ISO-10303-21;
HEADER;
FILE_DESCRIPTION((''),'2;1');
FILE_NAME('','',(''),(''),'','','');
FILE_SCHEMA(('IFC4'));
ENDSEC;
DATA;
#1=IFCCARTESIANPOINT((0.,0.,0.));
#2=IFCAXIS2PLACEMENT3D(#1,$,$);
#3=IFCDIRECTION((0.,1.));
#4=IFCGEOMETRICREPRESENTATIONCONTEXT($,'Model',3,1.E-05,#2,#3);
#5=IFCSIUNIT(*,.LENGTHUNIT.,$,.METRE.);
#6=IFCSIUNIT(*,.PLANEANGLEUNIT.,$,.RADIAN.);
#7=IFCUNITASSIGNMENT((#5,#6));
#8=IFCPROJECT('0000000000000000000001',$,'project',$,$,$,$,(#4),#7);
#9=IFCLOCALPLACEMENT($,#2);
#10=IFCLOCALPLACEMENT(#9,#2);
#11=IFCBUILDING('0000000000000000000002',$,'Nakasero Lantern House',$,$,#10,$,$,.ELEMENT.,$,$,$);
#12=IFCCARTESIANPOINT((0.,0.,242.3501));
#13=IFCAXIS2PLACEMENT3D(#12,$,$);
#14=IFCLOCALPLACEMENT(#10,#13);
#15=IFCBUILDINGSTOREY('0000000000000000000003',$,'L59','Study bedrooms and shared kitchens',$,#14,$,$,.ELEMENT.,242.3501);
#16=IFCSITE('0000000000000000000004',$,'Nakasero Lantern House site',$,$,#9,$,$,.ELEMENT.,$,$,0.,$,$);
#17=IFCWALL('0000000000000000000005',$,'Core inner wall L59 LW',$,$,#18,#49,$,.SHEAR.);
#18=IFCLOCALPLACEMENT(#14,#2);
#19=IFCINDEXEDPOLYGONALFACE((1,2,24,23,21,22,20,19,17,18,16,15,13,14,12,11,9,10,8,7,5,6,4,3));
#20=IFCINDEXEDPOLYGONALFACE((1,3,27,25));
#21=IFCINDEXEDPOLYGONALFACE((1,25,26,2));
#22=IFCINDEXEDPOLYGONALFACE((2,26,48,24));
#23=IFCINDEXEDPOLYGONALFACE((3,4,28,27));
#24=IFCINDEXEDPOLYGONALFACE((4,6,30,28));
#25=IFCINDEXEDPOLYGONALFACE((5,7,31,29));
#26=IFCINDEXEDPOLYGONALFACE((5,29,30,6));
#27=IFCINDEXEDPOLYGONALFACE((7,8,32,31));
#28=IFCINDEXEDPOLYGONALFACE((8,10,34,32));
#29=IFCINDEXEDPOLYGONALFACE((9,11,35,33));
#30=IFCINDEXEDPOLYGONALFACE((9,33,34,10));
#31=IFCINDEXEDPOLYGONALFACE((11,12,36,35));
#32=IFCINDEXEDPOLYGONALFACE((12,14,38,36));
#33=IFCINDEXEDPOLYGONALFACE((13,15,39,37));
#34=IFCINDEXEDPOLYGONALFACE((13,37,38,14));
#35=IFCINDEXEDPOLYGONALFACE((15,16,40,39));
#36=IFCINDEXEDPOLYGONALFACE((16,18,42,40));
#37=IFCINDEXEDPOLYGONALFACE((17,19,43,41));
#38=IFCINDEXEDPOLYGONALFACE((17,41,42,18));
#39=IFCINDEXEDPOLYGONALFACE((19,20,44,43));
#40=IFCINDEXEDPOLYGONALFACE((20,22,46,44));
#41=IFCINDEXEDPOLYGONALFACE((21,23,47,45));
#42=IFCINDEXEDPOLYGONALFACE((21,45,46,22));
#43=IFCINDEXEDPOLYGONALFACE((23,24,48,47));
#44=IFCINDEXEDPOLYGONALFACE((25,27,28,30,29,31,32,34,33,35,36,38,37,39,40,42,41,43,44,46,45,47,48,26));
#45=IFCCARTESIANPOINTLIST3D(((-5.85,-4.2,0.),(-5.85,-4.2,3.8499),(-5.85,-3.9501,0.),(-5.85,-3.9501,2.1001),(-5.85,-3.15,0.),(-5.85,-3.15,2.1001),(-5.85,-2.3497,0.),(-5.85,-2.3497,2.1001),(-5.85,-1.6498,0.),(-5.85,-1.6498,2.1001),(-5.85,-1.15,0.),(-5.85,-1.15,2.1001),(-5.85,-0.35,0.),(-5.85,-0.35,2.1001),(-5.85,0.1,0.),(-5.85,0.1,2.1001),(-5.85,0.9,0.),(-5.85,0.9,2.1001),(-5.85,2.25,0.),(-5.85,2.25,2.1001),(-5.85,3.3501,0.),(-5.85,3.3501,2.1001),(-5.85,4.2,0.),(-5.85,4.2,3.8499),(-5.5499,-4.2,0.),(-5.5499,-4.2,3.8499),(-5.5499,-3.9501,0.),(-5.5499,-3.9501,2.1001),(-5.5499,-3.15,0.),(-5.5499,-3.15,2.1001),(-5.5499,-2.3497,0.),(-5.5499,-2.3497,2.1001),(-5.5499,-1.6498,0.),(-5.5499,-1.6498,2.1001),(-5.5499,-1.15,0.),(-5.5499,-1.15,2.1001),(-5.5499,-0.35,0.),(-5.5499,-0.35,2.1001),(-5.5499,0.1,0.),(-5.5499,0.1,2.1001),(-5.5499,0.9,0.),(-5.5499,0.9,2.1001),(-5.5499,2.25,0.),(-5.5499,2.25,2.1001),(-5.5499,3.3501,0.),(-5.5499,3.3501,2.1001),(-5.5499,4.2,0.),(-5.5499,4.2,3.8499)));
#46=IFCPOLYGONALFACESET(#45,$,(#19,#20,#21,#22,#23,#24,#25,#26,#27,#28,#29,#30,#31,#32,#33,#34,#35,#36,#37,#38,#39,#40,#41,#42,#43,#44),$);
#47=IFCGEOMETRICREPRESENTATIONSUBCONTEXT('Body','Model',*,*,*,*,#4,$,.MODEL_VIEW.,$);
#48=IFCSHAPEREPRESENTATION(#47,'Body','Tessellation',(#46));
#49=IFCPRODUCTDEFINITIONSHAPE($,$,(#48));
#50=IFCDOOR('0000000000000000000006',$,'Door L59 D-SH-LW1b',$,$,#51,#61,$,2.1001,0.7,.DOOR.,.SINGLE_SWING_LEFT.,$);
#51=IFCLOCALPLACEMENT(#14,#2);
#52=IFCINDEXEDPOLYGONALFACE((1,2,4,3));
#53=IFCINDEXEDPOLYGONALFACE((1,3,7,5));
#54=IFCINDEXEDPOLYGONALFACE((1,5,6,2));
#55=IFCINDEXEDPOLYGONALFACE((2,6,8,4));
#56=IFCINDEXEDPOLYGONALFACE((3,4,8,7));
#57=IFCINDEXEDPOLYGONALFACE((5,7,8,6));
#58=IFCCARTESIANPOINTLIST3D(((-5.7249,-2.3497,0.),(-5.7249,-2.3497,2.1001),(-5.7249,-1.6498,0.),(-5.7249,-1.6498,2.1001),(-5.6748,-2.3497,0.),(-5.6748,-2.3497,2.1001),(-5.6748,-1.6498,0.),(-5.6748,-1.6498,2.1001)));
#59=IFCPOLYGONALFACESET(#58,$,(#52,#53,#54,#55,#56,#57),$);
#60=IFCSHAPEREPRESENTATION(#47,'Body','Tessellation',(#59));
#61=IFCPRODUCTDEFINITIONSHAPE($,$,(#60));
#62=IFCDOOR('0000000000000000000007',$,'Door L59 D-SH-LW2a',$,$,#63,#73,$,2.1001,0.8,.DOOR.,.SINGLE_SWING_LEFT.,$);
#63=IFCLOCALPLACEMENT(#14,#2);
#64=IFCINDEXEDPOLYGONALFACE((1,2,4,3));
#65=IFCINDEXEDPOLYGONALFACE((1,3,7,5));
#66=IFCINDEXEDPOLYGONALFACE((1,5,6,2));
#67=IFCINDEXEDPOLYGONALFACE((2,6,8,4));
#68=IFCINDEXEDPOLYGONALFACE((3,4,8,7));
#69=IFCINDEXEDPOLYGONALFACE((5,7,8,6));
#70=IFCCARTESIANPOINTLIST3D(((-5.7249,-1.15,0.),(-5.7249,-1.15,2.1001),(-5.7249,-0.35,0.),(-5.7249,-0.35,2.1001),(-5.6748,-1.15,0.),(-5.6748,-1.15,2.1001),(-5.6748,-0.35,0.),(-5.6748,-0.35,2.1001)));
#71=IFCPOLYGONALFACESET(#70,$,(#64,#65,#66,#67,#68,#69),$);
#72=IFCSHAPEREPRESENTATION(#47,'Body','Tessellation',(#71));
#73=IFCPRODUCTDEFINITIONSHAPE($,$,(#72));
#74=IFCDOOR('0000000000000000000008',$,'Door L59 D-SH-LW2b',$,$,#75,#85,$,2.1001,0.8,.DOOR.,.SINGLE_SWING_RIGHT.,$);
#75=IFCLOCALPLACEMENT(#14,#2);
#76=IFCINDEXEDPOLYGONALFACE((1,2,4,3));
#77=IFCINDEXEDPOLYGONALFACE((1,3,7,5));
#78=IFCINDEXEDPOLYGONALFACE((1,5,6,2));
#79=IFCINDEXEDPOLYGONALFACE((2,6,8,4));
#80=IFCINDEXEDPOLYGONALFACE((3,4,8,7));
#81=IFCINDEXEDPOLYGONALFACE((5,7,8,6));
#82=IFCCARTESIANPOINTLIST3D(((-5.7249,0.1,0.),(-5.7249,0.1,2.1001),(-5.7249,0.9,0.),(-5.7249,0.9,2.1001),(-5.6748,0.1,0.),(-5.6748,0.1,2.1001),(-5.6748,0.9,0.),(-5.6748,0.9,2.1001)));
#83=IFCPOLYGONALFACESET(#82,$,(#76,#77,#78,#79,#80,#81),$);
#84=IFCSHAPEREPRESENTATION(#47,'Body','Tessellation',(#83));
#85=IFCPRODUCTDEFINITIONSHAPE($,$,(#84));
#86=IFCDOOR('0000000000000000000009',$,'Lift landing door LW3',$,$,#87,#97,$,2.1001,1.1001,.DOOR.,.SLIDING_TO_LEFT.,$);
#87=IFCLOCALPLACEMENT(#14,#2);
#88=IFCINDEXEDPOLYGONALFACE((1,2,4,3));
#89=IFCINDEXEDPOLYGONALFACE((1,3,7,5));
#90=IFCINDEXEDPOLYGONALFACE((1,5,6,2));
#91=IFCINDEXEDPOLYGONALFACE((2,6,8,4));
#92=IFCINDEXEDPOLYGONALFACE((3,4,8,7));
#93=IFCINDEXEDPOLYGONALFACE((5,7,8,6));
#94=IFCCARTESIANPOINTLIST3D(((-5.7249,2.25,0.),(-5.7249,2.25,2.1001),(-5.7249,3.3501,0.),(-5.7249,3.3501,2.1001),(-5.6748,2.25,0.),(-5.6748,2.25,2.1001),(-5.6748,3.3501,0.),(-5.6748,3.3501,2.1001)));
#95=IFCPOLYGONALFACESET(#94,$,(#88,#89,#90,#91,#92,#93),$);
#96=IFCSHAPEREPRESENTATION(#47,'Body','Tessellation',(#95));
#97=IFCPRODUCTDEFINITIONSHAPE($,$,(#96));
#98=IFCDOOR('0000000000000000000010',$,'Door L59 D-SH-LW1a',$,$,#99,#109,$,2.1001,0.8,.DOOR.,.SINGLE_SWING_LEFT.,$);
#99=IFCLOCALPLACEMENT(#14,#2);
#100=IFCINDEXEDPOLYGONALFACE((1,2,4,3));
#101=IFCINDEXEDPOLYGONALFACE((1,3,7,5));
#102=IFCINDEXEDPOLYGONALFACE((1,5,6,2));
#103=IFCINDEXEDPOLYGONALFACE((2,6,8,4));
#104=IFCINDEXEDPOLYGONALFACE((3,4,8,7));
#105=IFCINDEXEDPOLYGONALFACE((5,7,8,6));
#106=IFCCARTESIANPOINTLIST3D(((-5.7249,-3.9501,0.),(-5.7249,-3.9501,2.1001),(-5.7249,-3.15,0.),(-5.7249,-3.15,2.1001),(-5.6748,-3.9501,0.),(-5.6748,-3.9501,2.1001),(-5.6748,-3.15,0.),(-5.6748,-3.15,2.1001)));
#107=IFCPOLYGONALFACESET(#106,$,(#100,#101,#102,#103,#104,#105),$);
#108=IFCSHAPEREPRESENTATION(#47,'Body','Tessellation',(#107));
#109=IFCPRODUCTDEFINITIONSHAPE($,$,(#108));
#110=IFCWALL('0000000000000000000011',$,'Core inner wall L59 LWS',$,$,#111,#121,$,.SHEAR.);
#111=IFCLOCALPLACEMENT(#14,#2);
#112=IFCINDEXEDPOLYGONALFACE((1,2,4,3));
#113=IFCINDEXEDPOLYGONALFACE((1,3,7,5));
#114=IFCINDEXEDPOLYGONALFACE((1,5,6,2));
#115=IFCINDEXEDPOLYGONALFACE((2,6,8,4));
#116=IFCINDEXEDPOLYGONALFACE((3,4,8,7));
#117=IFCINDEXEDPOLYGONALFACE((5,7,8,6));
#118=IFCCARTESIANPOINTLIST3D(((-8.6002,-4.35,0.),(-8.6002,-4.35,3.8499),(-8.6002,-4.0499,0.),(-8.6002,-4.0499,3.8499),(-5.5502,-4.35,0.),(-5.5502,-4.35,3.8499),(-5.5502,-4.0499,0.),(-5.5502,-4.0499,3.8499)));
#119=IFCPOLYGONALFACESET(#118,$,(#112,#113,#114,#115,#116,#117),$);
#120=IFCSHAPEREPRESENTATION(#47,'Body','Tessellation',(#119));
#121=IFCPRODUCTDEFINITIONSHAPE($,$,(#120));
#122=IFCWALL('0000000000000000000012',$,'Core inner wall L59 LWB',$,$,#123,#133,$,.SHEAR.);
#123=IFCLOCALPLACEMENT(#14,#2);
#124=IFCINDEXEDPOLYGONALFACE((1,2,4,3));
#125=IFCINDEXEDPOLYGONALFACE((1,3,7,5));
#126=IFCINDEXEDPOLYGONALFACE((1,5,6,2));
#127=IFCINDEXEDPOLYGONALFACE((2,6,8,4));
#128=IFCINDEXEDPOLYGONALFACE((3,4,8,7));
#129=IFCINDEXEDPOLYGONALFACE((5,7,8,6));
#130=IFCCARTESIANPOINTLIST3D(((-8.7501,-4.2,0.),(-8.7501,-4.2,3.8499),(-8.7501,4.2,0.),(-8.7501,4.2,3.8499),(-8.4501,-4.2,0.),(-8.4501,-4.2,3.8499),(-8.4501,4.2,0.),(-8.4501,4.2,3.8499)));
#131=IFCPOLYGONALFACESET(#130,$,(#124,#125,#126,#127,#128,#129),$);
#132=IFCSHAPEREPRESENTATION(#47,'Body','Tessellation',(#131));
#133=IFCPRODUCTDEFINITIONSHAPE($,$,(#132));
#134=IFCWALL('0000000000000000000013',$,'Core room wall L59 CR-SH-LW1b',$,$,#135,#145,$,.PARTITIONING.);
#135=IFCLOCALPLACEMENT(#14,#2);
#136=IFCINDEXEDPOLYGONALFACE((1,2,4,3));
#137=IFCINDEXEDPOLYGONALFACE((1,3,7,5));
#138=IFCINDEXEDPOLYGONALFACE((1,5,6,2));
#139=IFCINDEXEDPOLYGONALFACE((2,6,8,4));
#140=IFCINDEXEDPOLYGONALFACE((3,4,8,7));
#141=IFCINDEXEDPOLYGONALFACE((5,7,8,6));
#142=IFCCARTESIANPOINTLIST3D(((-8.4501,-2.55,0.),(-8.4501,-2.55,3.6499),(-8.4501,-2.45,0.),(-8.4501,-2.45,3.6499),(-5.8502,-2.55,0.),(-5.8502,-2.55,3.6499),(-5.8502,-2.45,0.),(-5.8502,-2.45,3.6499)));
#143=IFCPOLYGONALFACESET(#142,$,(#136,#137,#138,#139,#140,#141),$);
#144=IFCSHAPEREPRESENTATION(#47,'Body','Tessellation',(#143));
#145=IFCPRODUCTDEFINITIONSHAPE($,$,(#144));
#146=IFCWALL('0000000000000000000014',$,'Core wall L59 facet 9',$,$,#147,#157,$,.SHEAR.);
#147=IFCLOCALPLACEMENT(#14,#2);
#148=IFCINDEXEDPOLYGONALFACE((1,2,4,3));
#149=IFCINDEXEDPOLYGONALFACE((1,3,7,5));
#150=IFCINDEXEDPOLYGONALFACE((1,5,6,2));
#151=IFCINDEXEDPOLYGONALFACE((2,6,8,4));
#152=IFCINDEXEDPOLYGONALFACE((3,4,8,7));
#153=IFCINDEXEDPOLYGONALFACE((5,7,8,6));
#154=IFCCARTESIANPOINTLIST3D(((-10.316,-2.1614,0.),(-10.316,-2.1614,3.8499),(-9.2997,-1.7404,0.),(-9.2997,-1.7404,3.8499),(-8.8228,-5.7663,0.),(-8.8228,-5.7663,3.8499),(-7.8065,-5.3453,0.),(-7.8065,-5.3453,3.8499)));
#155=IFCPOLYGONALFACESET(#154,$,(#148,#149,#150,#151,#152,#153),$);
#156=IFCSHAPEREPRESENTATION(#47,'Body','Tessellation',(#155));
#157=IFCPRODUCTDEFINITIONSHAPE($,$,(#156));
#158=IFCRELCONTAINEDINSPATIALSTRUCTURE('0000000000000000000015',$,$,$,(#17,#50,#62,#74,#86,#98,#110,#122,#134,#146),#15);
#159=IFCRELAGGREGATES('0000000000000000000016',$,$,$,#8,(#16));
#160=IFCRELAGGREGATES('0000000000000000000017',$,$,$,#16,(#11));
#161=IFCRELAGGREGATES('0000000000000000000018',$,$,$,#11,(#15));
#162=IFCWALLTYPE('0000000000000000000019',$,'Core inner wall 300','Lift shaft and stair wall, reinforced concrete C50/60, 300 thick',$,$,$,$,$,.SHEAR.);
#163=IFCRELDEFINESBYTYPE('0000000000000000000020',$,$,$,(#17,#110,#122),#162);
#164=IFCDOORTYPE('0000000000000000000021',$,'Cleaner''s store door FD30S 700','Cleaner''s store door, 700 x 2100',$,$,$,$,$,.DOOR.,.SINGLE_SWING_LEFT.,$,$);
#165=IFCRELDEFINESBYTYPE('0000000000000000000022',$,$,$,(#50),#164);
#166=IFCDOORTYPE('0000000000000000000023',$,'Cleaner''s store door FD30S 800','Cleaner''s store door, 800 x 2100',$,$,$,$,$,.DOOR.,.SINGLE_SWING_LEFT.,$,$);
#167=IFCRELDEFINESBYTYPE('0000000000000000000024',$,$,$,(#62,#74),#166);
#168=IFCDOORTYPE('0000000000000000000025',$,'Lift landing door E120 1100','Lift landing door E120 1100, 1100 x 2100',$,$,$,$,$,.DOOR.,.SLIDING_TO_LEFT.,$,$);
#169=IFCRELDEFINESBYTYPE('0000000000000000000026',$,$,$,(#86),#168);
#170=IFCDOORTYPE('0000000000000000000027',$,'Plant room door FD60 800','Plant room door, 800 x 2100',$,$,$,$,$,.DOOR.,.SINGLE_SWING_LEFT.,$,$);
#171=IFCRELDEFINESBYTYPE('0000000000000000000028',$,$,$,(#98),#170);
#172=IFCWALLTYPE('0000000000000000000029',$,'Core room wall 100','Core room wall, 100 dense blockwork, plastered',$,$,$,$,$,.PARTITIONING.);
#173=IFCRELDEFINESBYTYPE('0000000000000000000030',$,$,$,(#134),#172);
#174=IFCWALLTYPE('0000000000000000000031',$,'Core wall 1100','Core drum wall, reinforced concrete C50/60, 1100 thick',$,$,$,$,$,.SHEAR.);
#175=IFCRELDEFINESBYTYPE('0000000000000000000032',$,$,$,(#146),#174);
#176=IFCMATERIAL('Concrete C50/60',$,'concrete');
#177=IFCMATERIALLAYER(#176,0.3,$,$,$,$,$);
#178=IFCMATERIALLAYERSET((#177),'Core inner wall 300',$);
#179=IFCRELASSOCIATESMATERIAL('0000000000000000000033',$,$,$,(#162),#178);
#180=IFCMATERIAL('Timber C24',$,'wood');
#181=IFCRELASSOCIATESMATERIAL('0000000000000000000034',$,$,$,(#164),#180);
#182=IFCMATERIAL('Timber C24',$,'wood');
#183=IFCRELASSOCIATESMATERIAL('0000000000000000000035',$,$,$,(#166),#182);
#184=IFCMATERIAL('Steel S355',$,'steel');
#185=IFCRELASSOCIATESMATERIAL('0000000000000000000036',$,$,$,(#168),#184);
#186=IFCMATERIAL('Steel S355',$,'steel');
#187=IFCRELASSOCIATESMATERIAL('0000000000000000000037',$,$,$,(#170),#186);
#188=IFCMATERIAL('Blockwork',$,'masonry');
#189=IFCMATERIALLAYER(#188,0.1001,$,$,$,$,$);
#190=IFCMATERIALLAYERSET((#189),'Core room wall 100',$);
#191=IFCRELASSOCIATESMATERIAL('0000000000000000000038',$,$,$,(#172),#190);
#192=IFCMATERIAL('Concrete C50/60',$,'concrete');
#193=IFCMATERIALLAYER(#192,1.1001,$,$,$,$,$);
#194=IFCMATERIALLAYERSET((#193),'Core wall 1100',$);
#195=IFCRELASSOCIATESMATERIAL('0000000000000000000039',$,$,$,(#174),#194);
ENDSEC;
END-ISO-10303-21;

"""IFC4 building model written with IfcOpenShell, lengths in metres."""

from ifc_helpers import new_model, si_unit, direction, frame, frame_2d, origin, place, context, subcontext, project, spatial, rectangle, extrude, material, layer, layer_set, type_object, element, fill, save


model = new_model("IFC4")

# Units and contexts
model_context = context("Model", 3, precision=1e-05, world=origin(), true_north=direction((0.0, 1.0)))
body_context = subcontext(model_context, "Body", "Model", "MODEL_VIEW")
ifc_project = project(units=[si_unit("LENGTHUNIT", "METRE"), si_unit("PLANEANGLEUNIT", "RADIAN")], contexts=[model_context])

# Site, building, storey
site_placement = place(None, origin())
site = spatial("IfcSite", under=ifc_project, at=site_placement, Name="Nakasero Lantern House site", CompositionType="ELEMENT", RefElevation=0.0)
building_placement = place(site_placement, origin())
building = spatial("IfcBuilding", under=site, at=building_placement, Name="Nakasero Lantern House", CompositionType="ELEMENT")
storey_placement = place(building_placement, frame((0.0, 0.0, 242.3501)))
storey = spatial("IfcBuildingStorey", under=building, at=storey_placement, Name="L59", Description="Study bedrooms and shared kitchens", CompositionType="ELEMENT", Elevation=242.3501)

# Wall, openings, doors
ifc_material_1 = material(Name="Concrete C50/60", Category="concrete")
ifc_layer_1 = layer(ifc_material_1, 0.3)
ifc_layer_set_1 = layer_set([ifc_layer_1], Name="Core inner wall 300")
wall_type_1 = type_object("IfcWallType", Name="Core inner wall 300", Description="Lift shaft and stair wall, reinforced concrete C50/60, 300 thick", PredefinedType="SHEAR", material=ifc_layer_set_1)
wall_1_placement = place(storey_placement, frame((-5.7, -4.2, 0.0), z_axis=(0.0, 0.0, 1.0), x_axis=(0.0, 1.0, 0.0)))
wall_1 = element("IfcWall", 1, at=wall_1_placement, inside=storey, type_object=wall_type_1, Name="Core inner wall L59 LW", PredefinedType="SHEAR", context=body_context, shape_type="SweptSolid", body=[
    extrude(rectangle(XDim=8.3999, YDim=0.3, at=frame_2d((4.2, 0.0))), origin(), (0.0, 0.0, 1.0), 3.8499),
])
opening_1_placement = place(wall_1_placement, frame((0.25, 0.0, 0.0)))
opening_1 = element("IfcOpeningElement", 2, at=opening_1_placement, cuts=wall_1, PredefinedType="OPENING", context=body_context, shape_type="SweptSolid", body=[
    extrude(rectangle(XDim=0.8, YDim=2.1001, at=frame_2d((0.3999, 1.05))), frame((0.0, 0.1699, 0.0), z_axis=(0.0, -1.0, 0.0), x_axis=(1.0, 0.0, 0.0)), (0.0, 0.0, 1.0), 0.3401),
])
opening_2_placement = place(wall_1_placement, frame((1.8501, 0.0, 0.0)))
opening_2 = element("IfcOpeningElement", 3, at=opening_2_placement, cuts=wall_1, PredefinedType="OPENING", context=body_context, shape_type="SweptSolid", body=[
    extrude(rectangle(XDim=0.7, YDim=2.1001, at=frame_2d((0.3501, 1.05))), frame((0.0, 0.1699, 0.0), z_axis=(0.0, -1.0, 0.0), x_axis=(1.0, 0.0, 0.0)), (0.0, 0.0, 1.0), 0.3401),
])
opening_3_placement = place(wall_1_placement, frame((3.05, 0.0, 0.0)))
opening_3 = element("IfcOpeningElement", 4, at=opening_3_placement, cuts=wall_1, PredefinedType="OPENING", context=body_context, shape_type="SweptSolid", body=[
    extrude(rectangle(XDim=0.8, YDim=2.1001, at=frame_2d((0.3999, 1.05))), frame((0.0, 0.1699, 0.0), z_axis=(0.0, -1.0, 0.0), x_axis=(1.0, 0.0, 0.0)), (0.0, 0.0, 1.0), 0.3401),
])
opening_4_placement = place(wall_1_placement, frame((4.3, 0.0, 0.0)))
opening_4 = element("IfcOpeningElement", 5, at=opening_4_placement, cuts=wall_1, PredefinedType="OPENING", context=body_context, shape_type="SweptSolid", body=[
    extrude(rectangle(XDim=0.8, YDim=2.1001, at=frame_2d((0.3999, 1.05))), frame((0.0, 0.1699, 0.0), z_axis=(0.0, -1.0, 0.0), x_axis=(1.0, 0.0, 0.0)), (0.0, 0.0, 1.0), 0.3401),
])
opening_5_placement = place(wall_1_placement, frame((6.45, 0.0, 0.0)))
opening_5 = element("IfcOpeningElement", 6, at=opening_5_placement, cuts=wall_1, PredefinedType="OPENING", context=body_context, shape_type="SweptSolid", body=[
    extrude(rectangle(XDim=1.1001, YDim=2.1001, at=frame_2d((0.55, 1.05))), frame((0.0, 0.1699, 0.0), z_axis=(0.0, -1.0, 0.0), x_axis=(1.0, 0.0, 0.0)), (0.0, 0.0, 1.0), 0.3401),
])
ifc_material_2 = material(Name="Timber C24", Category="wood")
door_type_1 = type_object("IfcDoorType", Name="Cleaner's store door FD30S 700", Description="Cleaner's store door, 700 x 2100", OperationType="SINGLE_SWING_LEFT", PredefinedType="DOOR", material=ifc_material_2)
door_1_placement = place(opening_2_placement, origin())
door_1 = element("IfcDoor", 7, at=door_1_placement, inside=storey, type_object=door_type_1, Name="Door L59 D-SH-LW1b", OperationType="SINGLE_SWING_LEFT", OverallHeight=2.1001, OverallWidth=0.7, PredefinedType="DOOR", context=body_context, shape_type="SweptSolid", body=[
    extrude(rectangle(XDim=0.7, YDim=2.1001, at=frame_2d((0.3501, 1.05))), frame((0.0, 0.0249, 0.0), z_axis=(0.0, -1.0, 0.0), x_axis=(1.0, 0.0, 0.0)), (0.0, 0.0, 1.0), 0.05),
])
fill(opening_2, door_1)
ifc_material_3 = material(Name="Timber C24", Category="wood")
door_type_2 = type_object("IfcDoorType", Name="Cleaner's store door FD30S 800", Description="Cleaner's store door, 800 x 2100", OperationType="SINGLE_SWING_LEFT", PredefinedType="DOOR", material=ifc_material_3)
door_2_placement = place(opening_3_placement, origin())
door_2 = element("IfcDoor", 8, at=door_2_placement, inside=storey, type_object=door_type_2, Name="Door L59 D-SH-LW2a", OperationType="SINGLE_SWING_LEFT", OverallHeight=2.1001, OverallWidth=0.8, PredefinedType="DOOR", context=body_context, shape_type="SweptSolid", body=[
    extrude(rectangle(XDim=0.8, YDim=2.1001, at=frame_2d((0.3999, 1.05))), frame((0.0, 0.0249, 0.0), z_axis=(0.0, -1.0, 0.0), x_axis=(1.0, 0.0, 0.0)), (0.0, 0.0, 1.0), 0.05),
])
fill(opening_3, door_2)
door_3_placement = place(opening_4_placement, origin())
door_3 = element("IfcDoor", 9, at=door_3_placement, inside=storey, type_object=door_type_2, Name="Door L59 D-SH-LW2b", OperationType="SINGLE_SWING_RIGHT", OverallHeight=2.1001, OverallWidth=0.8, PredefinedType="DOOR", context=body_context, shape_type="SweptSolid", body=[
    extrude(rectangle(XDim=0.8, YDim=2.1001, at=frame_2d((0.3999, 1.05))), frame((0.0, 0.0249, 0.0), z_axis=(0.0, -1.0, 0.0), x_axis=(1.0, 0.0, 0.0)), (0.0, 0.0, 1.0), 0.05),
])
fill(opening_4, door_3)
ifc_material_4 = material(Name="Steel S355", Category="steel")
door_type_3 = type_object("IfcDoorType", Name="Lift landing door E120 1100", Description="Lift landing door E120 1100, 1100 x 2100", OperationType="SLIDING_TO_LEFT", PredefinedType="DOOR", material=ifc_material_4)
door_4_placement = place(opening_5_placement, origin())
door_4 = element("IfcDoor", 10, at=door_4_placement, inside=storey, type_object=door_type_3, Name="Lift landing door LW3", OperationType="SLIDING_TO_LEFT", OverallHeight=2.1001, OverallWidth=1.1001, PredefinedType="DOOR", context=body_context, shape_type="SweptSolid", body=[
    extrude(rectangle(XDim=1.1001, YDim=2.1001, at=frame_2d((0.55, 1.05))), frame((0.0, 0.0249, 0.0), z_axis=(0.0, -1.0, 0.0), x_axis=(1.0, 0.0, 0.0)), (0.0, 0.0, 1.0), 0.05),
])
fill(opening_5, door_4)
ifc_material_5 = material(Name="Steel S355", Category="steel")
door_type_4 = type_object("IfcDoorType", Name="Plant room door FD60 800", Description="Plant room door, 800 x 2100", OperationType="SINGLE_SWING_LEFT", PredefinedType="DOOR", material=ifc_material_5)
door_5_placement = place(opening_1_placement, origin())
door_5 = element("IfcDoor", 11, at=door_5_placement, inside=storey, type_object=door_type_4, Name="Door L59 D-SH-LW1a", OperationType="SINGLE_SWING_LEFT", OverallHeight=2.1001, OverallWidth=0.8, PredefinedType="DOOR", context=body_context, shape_type="SweptSolid", body=[
    extrude(rectangle(XDim=0.8, YDim=2.1001, at=frame_2d((0.3999, 1.05))), frame((0.0, 0.0249, 0.0), z_axis=(0.0, -1.0, 0.0), x_axis=(1.0, 0.0, 0.0)), (0.0, 0.0, 1.0), 0.05),
])
fill(opening_1, door_5)

# Walls
wall_2_placement = place(storey_placement, frame((-8.6001, -4.2, 0.0), z_axis=(0.0, 0.0, 1.0), x_axis=(1.0, 0.0, 0.0)))
element("IfcWall", 12, at=wall_2_placement, inside=storey, type_object=wall_type_1, Name="Core inner wall L59 LWS", PredefinedType="SHEAR", context=body_context, shape_type="SweptSolid", body=[
    extrude(rectangle(XDim=3.05, YDim=0.3, at=frame_2d((1.5249, 0.0))), origin(), (0.0, 0.0, 1.0), 3.8499),
])
wall_3_placement = place(storey_placement, frame((-8.6001, -4.2, 0.0), z_axis=(0.0, 0.0, 1.0), x_axis=(0.0, 1.0, 0.0)))
element("IfcWall", 13, at=wall_3_placement, inside=storey, type_object=wall_type_1, Name="Core inner wall L59 LWB", PredefinedType="SHEAR", context=body_context, shape_type="SweptSolid", body=[
    extrude(rectangle(XDim=8.3999, YDim=0.3, at=frame_2d((4.2, 0.0))), origin(), (0.0, 0.0, 1.0), 3.8499),
])
ifc_material_6 = material(Name="Blockwork", Category="masonry")
ifc_layer_2 = layer(ifc_material_6, 0.1001)
ifc_layer_set_2 = layer_set([ifc_layer_2], Name="Core room wall 100")
wall_type_2 = type_object("IfcWallType", Name="Core room wall 100", Description="Core room wall, 100 dense blockwork, plastered", PredefinedType="PARTITIONING", material=ifc_layer_set_2)
wall_4_placement = place(storey_placement, frame((-8.45, -2.5, 0.0), z_axis=(0.0, 0.0, 1.0), x_axis=(1.0, 0.0, 0.0)))
element("IfcWall", 14, at=wall_4_placement, inside=storey, type_object=wall_type_2, Name="Core room wall L59 CR-SH-LW1b", PredefinedType="PARTITIONING", context=body_context, shape_type="SweptSolid", body=[
    extrude(rectangle(XDim=2.5999, YDim=0.1001, at=frame_2d((1.2998, 0.0))), origin(), (0.0, 0.0, 1.0), 3.6499),
])
ifc_material_7 = material(Name="Concrete C50/60", Category="concrete")
ifc_layer_3 = layer(ifc_material_7, 1.1001)
ifc_layer_set_3 = layer_set([ifc_layer_3], Name="Core wall 1100")
wall_type_3 = type_object("IfcWallType", Name="Core wall 1100", Description="Core drum wall, reinforced concrete C50/60, 1100 thick", PredefinedType="SHEAR", material=ifc_layer_set_3)
wall_5_placement = place(storey_placement, frame((-9.8079, -1.9509, 0.0), z_axis=(0.0, 0.0, 1.0), x_axis=(0.382691, -0.923877, 0.0)))
element("IfcWall", 15, at=wall_5_placement, inside=storey, type_object=wall_type_3, Name="Core wall L59 facet 9", PredefinedType="SHEAR", context=body_context, shape_type="SweptSolid", body=[
    extrude(rectangle(XDim=3.9019, YDim=1.1001, at=frame_2d((1.9509, 0.0))), origin(), (0.0, 0.0, 1.0), 3.8499),
])

save(model, "model.ifc")
